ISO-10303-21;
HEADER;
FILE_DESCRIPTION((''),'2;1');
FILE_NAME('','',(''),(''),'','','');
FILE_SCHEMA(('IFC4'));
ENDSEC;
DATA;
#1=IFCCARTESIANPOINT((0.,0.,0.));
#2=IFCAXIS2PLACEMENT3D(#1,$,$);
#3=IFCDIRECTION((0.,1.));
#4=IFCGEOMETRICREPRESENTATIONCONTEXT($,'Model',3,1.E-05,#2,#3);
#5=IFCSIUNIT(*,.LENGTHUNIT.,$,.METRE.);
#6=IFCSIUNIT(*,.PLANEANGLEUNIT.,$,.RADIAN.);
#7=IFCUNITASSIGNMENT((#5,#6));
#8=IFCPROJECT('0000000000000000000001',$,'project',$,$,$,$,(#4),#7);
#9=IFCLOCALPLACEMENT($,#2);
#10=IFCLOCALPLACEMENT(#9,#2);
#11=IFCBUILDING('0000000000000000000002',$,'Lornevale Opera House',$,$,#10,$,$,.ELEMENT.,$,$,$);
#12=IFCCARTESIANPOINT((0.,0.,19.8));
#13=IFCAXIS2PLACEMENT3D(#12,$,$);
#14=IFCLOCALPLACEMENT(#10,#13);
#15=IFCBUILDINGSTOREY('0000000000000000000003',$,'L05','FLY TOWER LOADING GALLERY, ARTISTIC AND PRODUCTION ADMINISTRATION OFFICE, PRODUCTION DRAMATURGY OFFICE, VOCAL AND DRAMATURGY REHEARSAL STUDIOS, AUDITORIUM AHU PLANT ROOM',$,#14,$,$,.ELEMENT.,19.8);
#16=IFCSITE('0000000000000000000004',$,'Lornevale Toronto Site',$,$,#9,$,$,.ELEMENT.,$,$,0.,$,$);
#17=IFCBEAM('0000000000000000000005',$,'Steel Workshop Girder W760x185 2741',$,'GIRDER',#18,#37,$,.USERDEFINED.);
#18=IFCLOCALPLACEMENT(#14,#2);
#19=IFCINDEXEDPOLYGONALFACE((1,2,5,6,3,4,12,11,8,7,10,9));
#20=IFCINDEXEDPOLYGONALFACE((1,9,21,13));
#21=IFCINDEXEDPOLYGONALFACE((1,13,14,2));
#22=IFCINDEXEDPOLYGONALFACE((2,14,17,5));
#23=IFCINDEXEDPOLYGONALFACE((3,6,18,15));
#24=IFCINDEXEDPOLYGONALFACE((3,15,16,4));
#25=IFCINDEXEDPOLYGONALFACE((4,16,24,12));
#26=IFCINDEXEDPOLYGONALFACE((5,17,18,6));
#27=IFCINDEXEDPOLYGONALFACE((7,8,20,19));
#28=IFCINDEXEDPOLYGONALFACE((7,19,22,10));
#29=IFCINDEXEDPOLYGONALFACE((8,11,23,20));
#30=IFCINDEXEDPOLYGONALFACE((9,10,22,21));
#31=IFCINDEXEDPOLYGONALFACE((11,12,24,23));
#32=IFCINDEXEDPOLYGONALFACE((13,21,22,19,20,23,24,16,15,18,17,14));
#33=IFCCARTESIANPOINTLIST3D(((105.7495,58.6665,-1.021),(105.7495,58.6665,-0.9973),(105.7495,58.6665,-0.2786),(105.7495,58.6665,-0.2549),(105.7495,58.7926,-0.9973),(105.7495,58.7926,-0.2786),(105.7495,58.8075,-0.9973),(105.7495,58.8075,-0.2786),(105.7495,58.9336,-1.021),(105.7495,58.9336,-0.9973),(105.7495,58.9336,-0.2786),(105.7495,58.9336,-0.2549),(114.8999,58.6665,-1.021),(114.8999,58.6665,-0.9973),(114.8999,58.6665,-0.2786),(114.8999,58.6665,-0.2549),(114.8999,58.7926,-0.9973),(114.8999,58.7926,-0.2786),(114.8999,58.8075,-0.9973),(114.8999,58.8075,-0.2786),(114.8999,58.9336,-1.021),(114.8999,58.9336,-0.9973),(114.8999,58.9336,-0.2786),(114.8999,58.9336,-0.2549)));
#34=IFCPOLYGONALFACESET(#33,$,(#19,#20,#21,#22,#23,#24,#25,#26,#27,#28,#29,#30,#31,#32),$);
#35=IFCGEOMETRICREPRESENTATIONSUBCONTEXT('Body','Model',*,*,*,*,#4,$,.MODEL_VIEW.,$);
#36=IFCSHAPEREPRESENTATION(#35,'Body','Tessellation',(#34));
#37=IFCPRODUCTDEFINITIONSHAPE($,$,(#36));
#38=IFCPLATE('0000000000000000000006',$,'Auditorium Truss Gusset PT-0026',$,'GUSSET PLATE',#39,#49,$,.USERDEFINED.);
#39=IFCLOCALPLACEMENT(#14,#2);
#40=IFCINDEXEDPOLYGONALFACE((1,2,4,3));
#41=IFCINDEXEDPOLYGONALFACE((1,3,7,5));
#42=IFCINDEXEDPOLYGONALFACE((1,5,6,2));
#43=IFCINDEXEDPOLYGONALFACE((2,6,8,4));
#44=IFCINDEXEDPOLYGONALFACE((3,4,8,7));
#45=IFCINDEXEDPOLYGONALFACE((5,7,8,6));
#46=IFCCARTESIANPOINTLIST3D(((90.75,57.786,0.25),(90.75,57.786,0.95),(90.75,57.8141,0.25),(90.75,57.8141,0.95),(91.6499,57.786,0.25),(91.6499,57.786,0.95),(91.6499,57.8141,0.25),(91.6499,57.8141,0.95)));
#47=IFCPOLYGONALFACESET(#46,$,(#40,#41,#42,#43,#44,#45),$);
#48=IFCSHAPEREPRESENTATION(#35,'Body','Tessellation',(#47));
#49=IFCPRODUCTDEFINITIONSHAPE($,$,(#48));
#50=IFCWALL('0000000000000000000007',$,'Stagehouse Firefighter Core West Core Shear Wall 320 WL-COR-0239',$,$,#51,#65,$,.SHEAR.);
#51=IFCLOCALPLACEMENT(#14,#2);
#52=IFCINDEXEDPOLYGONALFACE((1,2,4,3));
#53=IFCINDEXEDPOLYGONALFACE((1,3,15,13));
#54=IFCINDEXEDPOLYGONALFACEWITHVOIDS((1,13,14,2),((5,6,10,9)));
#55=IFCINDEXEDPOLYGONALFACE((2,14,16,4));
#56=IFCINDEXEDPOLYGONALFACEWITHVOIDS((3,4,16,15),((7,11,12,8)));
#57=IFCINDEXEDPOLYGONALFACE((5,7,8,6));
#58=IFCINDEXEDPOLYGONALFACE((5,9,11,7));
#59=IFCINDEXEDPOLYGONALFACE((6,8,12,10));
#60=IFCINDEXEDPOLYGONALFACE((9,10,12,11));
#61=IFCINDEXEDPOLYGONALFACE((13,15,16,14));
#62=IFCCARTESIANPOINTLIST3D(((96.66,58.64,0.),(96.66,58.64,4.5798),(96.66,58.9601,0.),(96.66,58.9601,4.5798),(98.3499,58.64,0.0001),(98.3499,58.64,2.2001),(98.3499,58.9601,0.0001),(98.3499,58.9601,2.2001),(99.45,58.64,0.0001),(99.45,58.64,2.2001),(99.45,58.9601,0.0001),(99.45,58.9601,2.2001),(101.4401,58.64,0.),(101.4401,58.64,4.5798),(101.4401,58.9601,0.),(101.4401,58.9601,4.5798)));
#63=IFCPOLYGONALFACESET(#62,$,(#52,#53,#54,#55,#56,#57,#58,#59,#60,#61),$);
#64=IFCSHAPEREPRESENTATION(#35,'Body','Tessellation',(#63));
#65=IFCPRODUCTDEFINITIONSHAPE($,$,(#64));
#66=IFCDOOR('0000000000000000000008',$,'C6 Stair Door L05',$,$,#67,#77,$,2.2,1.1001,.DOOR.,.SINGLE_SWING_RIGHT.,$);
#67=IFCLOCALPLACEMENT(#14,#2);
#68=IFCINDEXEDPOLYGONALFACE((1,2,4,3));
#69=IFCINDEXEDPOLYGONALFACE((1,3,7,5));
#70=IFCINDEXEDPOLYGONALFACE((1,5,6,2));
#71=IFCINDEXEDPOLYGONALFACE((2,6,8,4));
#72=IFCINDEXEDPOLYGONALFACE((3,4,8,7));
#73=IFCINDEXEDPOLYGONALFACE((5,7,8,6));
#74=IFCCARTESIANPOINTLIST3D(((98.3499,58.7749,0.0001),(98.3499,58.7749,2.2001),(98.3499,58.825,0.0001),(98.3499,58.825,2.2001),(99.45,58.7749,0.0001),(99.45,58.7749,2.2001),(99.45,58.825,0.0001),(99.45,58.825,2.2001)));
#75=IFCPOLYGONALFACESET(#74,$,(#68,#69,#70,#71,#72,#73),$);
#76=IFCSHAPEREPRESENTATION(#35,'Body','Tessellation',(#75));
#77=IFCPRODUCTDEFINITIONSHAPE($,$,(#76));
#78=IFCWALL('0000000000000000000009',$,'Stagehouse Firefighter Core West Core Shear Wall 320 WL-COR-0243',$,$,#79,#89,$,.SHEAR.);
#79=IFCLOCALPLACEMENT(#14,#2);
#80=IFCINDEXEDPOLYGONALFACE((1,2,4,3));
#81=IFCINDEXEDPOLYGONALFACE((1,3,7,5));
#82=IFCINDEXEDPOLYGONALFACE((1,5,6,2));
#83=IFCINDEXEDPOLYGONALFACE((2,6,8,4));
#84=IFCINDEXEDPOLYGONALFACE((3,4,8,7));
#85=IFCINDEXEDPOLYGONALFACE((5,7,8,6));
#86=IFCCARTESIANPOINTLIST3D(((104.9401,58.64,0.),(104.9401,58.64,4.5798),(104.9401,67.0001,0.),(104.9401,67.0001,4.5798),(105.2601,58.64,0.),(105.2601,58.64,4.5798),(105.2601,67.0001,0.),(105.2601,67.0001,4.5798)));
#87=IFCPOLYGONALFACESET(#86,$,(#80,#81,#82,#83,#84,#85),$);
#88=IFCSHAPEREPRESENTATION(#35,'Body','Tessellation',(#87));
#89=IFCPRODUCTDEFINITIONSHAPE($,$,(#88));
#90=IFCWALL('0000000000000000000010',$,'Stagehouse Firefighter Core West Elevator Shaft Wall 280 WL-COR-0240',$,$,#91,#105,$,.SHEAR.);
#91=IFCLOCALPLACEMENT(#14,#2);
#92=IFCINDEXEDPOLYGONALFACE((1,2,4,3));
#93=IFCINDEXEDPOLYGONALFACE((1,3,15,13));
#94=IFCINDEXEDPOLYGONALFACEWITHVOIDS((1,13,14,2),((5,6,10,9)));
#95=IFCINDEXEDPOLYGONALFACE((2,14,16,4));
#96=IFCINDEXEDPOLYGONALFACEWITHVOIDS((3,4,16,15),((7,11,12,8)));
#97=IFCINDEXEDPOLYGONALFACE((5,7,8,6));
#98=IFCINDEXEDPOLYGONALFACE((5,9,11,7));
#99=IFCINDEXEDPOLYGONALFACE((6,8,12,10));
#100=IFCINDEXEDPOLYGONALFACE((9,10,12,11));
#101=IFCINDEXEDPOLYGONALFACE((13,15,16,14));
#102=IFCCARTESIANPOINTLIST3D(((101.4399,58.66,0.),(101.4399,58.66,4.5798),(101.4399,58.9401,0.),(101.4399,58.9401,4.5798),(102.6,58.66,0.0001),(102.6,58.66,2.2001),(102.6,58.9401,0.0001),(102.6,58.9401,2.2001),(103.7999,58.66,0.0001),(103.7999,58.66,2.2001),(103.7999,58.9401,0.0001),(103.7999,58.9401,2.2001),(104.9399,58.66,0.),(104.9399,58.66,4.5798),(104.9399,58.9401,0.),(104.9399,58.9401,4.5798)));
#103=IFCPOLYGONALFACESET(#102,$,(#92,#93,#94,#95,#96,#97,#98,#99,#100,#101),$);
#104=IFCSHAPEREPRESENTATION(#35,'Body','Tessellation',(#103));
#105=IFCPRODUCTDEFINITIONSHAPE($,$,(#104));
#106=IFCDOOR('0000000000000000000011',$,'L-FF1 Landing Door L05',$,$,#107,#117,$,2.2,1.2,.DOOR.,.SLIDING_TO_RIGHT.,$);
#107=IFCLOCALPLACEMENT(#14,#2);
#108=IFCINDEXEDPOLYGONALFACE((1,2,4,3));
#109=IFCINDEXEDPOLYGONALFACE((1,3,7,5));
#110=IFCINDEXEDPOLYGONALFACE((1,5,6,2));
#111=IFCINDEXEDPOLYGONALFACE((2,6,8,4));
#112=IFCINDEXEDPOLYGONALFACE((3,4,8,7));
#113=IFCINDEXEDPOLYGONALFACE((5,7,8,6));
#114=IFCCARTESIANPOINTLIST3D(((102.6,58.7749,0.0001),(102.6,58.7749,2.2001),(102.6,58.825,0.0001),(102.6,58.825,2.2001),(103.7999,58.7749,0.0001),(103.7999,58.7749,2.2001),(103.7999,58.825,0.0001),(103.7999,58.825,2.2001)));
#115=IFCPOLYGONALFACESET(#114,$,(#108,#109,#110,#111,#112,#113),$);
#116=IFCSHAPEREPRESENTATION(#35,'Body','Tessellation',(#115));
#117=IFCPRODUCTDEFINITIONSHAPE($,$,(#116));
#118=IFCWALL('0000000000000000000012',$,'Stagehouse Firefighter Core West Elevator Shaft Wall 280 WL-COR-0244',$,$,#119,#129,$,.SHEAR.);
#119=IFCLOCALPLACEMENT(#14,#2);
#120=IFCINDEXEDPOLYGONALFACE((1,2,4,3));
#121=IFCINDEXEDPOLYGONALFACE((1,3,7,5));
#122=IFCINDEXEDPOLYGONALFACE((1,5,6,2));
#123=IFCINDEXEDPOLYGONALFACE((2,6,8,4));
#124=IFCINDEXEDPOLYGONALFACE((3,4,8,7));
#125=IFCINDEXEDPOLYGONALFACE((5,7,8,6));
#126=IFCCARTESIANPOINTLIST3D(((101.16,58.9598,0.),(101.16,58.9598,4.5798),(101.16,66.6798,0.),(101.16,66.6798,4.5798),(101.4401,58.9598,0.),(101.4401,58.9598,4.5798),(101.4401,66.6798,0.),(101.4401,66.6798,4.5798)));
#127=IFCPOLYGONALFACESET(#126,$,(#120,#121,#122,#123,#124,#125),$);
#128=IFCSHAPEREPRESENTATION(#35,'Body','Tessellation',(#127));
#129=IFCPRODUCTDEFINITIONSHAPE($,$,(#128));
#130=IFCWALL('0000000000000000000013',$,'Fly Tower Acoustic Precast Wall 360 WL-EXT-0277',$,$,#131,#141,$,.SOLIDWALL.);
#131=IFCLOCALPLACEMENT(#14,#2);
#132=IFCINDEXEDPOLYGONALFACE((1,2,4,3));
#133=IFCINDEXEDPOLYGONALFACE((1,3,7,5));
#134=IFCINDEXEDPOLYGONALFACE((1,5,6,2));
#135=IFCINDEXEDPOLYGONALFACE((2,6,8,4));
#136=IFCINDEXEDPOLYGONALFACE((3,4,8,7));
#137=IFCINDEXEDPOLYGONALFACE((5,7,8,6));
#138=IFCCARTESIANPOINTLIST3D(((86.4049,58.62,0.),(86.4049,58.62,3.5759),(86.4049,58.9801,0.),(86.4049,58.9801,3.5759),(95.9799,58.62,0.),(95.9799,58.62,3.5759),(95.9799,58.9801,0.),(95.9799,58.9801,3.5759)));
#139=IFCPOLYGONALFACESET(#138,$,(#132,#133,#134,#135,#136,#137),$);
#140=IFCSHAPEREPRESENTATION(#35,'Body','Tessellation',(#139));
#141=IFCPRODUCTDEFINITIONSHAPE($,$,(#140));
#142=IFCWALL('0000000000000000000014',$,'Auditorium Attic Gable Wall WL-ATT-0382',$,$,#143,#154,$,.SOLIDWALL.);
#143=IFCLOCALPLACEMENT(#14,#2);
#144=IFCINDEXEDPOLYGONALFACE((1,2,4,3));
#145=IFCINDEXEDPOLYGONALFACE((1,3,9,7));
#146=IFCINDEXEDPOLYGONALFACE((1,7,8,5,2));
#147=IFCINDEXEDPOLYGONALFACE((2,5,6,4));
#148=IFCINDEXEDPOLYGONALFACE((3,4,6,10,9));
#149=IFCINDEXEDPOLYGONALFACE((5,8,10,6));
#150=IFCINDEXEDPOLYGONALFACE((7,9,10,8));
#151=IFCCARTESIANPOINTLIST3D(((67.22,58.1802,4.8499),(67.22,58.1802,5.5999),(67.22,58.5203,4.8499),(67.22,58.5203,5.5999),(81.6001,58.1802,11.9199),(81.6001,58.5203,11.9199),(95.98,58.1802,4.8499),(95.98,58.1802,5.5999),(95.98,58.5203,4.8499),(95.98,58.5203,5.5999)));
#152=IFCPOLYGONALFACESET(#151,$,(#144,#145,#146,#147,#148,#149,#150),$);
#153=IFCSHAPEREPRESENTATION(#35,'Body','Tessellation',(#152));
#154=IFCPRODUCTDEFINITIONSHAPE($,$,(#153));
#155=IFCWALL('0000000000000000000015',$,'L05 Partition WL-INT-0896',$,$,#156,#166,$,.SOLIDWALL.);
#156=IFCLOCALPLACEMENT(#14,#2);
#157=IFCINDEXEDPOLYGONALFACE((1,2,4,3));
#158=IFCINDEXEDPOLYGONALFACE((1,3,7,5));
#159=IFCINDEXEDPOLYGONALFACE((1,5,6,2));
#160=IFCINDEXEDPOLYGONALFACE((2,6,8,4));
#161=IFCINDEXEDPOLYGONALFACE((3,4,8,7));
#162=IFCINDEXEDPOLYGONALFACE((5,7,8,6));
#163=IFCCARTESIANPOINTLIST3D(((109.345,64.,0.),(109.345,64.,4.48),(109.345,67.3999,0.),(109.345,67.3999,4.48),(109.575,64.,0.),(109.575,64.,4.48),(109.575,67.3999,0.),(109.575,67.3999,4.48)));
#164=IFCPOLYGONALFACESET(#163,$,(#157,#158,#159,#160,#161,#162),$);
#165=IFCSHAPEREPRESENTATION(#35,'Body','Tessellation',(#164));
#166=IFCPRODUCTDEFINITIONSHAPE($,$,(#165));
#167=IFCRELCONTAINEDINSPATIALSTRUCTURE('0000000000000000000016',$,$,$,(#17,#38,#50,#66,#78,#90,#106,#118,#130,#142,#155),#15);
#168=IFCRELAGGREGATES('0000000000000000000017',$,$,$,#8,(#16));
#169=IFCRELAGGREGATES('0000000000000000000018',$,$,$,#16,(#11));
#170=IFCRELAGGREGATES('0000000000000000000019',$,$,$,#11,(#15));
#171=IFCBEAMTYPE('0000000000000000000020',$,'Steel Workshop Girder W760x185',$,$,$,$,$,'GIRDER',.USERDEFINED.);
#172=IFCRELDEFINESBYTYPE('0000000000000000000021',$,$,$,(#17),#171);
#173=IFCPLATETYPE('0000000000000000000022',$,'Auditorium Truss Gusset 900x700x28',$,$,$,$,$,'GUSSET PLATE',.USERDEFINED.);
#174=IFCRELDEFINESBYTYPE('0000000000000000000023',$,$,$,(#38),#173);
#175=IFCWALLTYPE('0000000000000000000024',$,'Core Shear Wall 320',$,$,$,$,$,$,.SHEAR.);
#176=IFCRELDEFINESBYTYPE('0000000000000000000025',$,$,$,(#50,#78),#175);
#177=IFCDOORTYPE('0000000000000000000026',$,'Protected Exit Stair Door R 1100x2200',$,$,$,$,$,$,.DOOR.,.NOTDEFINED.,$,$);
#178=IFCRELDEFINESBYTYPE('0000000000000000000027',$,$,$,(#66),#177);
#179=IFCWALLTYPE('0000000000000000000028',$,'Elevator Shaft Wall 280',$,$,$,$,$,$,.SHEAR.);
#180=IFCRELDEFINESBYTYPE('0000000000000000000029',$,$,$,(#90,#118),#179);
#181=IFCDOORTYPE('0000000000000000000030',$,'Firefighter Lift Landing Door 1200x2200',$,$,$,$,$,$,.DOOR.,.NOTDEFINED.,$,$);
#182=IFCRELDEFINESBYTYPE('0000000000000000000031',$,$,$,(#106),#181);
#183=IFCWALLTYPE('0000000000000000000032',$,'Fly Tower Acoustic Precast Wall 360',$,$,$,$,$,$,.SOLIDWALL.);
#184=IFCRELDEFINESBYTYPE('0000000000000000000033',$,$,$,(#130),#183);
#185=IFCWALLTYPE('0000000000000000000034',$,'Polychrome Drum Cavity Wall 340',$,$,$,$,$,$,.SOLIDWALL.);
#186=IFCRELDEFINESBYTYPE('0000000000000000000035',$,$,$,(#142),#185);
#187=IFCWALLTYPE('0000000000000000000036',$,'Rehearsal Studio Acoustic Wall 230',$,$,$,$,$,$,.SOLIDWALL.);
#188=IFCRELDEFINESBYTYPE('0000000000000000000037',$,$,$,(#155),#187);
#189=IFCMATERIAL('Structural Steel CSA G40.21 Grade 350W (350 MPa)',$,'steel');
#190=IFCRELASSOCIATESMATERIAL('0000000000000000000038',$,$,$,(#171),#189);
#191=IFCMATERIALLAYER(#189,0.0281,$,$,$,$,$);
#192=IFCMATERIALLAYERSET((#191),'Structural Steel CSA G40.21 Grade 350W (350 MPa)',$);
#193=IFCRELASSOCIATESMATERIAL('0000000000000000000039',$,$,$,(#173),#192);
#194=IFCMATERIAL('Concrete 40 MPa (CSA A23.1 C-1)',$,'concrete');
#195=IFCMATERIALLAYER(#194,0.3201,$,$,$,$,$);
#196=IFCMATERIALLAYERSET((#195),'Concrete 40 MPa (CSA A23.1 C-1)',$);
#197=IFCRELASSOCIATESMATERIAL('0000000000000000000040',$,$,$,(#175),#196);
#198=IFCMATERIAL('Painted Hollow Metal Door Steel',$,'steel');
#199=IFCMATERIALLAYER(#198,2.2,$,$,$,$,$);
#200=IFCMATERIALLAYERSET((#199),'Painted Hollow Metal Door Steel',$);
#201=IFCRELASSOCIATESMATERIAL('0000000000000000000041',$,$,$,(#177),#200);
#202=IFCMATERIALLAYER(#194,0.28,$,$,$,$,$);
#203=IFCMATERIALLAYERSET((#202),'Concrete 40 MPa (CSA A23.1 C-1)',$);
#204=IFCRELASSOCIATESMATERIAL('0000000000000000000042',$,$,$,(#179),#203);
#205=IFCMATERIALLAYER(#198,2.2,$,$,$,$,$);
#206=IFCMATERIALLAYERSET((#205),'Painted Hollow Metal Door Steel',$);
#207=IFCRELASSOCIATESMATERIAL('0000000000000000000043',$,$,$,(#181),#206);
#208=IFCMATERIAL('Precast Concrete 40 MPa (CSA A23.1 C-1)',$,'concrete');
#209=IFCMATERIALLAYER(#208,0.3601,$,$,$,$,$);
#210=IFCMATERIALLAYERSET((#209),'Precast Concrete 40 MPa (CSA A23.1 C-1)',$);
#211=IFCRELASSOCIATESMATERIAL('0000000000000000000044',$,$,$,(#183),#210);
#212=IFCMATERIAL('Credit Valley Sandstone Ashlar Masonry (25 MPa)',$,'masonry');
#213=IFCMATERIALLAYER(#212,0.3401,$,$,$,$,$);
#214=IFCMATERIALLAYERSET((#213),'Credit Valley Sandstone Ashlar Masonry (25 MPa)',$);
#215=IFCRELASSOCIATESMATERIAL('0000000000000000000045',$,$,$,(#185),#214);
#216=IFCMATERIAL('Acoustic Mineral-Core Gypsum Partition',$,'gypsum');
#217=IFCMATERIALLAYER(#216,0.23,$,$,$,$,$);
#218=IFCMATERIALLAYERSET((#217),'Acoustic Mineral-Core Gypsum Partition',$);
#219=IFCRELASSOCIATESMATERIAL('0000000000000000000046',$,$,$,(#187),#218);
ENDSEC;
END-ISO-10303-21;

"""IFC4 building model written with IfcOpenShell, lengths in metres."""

from ifc_helpers import new_model, si_unit, direction, frame, frame_2d, origin, origin_2d, place, context, subcontext, project, spatial, polyline, rectangle, i_section, outline, extrude, material, layer, layer_set, material_profile, profile_set, type_object, element, fill, save


model = new_model("IFC4")

# Units and contexts
model_context = context("Model", 3, precision=1e-05, world=origin(), true_north=direction((0.0, 1.0)))
body_context = subcontext(model_context, "Body", "Model", "MODEL_VIEW")
ifc_project = project(units=[si_unit("LENGTHUNIT", "METRE"), si_unit("PLANEANGLEUNIT", "RADIAN")], contexts=[model_context])

# Site, building, storey
site_placement = place(None, origin())
site = spatial("IfcSite", under=ifc_project, at=site_placement, Name="Lornevale Toronto Site", CompositionType="ELEMENT", RefElevation=0.0)
building_placement = place(site_placement, origin())
building = spatial("IfcBuilding", under=site, at=building_placement, Name="Lornevale Opera House", CompositionType="ELEMENT")
storey_placement = place(building_placement, frame((0.0, 0.0, 19.8)))
storey = spatial("IfcBuildingStorey", under=building, at=storey_placement, Name="L05", Description="FLY TOWER LOADING GALLERY, ARTISTIC AND PRODUCTION ADMINISTRATION OFFICE, PRODUCTION DRAMATURGY OFFICE, VOCAL AND DRAMATURGY REHEARSAL STUDIOS, AUDITORIUM AHU PLANT ROOM", CompositionType="ELEMENT", Elevation=19.8)

# Shared definitions
ifc_material_1 = material(Name="Structural Steel CSA G40.21 Grade 350W (350 MPa)", Category="steel")

# Beam
ifc_material_profile_1 = material_profile(ifc_material_1, i_section(OverallWidth=0.2671, OverallDepth=0.7661, WebThickness=0.0149, FlangeThickness=0.0237, at=origin_2d()), Name="W760x185")
ifc_profile_set_1 = profile_set([ifc_material_profile_1], Name="Structural Steel CSA G40.21 Grade 350W (350 MPa)")
beam_type_1 = type_object("IfcBeamType", Name="Steel Workshop Girder W760x185", ElementType="GIRDER", PredefinedType="USERDEFINED", material=ifc_profile_set_1)
beam_1_placement = place(storey_placement, frame((105.7495, 58.8, -0.6379), z_axis=(1.0, 0.0, 0.0), x_axis=(0.0, 1.0, 0.0)))
element("IfcBeam", 1, at=beam_1_placement, inside=storey, type_object=beam_type_1, Name="Steel Workshop Girder W760x185 2741", ObjectType="GIRDER", PredefinedType="USERDEFINED", context=body_context, shape_type="SweptSolid", body=[
    extrude(i_section(OverallWidth=0.2671, OverallDepth=0.7661, WebThickness=0.0149, FlangeThickness=0.0237, at=origin_2d()), origin(), (0.0, 0.0, 1.0), 9.1504),
])

# Plate
ifc_layer_1 = layer(ifc_material_1, 0.0281)
ifc_layer_set_1 = layer_set([ifc_layer_1], Name="Structural Steel CSA G40.21 Grade 350W (350 MPa)")
plate_type = type_object("IfcPlateType", Name="Auditorium Truss Gusset 900x700x28", ElementType="GUSSET PLATE", PredefinedType="USERDEFINED", material=ifc_layer_set_1)
plate_placement = place(storey_placement, frame((91.2, 57.8, 0.25), z_axis=(0.0, 0.0, 1.0), x_axis=(1.0, 0.0, 0.0)))
element("IfcPlate", 2, at=plate_placement, inside=storey, type_object=plate_type, Name="Auditorium Truss Gusset PT-0026", ObjectType="GUSSET PLATE", PredefinedType="USERDEFINED", context=body_context, shape_type="SweptSolid", body=[
    extrude(rectangle(XDim=0.8999, YDim=0.0281, at=origin_2d()), origin(), (0.0, 0.0, 1.0), 0.7),
])

# Wall, opening, door
ifc_material_2 = material(Name="Concrete 40 MPa (CSA A23.1 C-1)", Category="concrete")
ifc_layer_2 = layer(ifc_material_2, 0.3201)
ifc_layer_set_2 = layer_set([ifc_layer_2], Name="Concrete 40 MPa (CSA A23.1 C-1)")
wall_type_1 = type_object("IfcWallType", Name="Core Shear Wall 320", PredefinedType="SHEAR", material=ifc_layer_set_2)
wall_1_placement = place(storey_placement, frame((96.6599, 58.8, 0.0), z_axis=(0.0, 0.0, 1.0), x_axis=(1.0, 0.0, 0.0)))
wall_1 = element("IfcWall", 3, at=wall_1_placement, inside=storey, type_object=wall_type_1, Name="Stagehouse Firefighter Core West Core Shear Wall 320 WL-COR-0239", PredefinedType="SHEAR", context=body_context, shape_type="SweptSolid", body=[
    extrude(rectangle(XDim=4.78, YDim=0.3201, at=frame_2d((2.3901, 0.0))), origin(), (0.0, 0.0, 1.0), 4.5798),
])
opening_1_placement = place(wall_1_placement, frame((1.6899, 0.0, 0.0)))
opening_1 = element("IfcOpeningElement", 4, at=opening_1_placement, cuts=wall_1, PredefinedType="OPENING", context=body_context, shape_type="SweptSolid", body=[
    extrude(rectangle(XDim=1.1001, YDim=2.2, at=frame_2d((0.55, 1.1001))), frame((0.0, 0.1699, 0.0), z_axis=(0.0, -1.0, 0.0), x_axis=(1.0, 0.0, 0.0)), (0.0, 0.0, 1.0), 0.3401),
])
ifc_material_3 = material(Name="Painted Hollow Metal Door Steel", Category="steel")
ifc_layer_3 = layer(ifc_material_3, 2.2)
ifc_layer_set_3 = layer_set([ifc_layer_3], Name="Painted Hollow Metal Door Steel")
door_type_1 = type_object("IfcDoorType", Name="Protected Exit Stair Door R 1100x2200", OperationType="NOTDEFINED", PredefinedType="DOOR", material=ifc_layer_set_3)
door_1_placement = place(opening_1_placement, origin())
door_1 = element("IfcDoor", 5, at=door_1_placement, inside=storey, type_object=door_type_1, Name="C6 Stair Door L05", OperationType="SINGLE_SWING_RIGHT", OverallHeight=2.2, OverallWidth=1.1001, PredefinedType="DOOR", context=body_context, shape_type="SweptSolid", body=[
    extrude(rectangle(XDim=1.1001, YDim=2.2, at=frame_2d((0.55, 1.1001))), frame((0.0, 0.0249, 0.0), z_axis=(0.0, -1.0, 0.0), x_axis=(1.0, 0.0, 0.0)), (0.0, 0.0, 1.0), 0.05),
])
fill(opening_1, door_1)

# Wall
wall_2_placement = place(storey_placement, frame((105.1001, 58.6399, 0.0), z_axis=(0.0, 0.0, 1.0), x_axis=(0.0, 1.0, 0.0)))
element("IfcWall", 6, at=wall_2_placement, inside=storey, type_object=wall_type_1, Name="Stagehouse Firefighter Core West Core Shear Wall 320 WL-COR-0243", PredefinedType="SHEAR", context=body_context, shape_type="SweptSolid", body=[
    extrude(rectangle(XDim=8.3601, YDim=0.3201, at=frame_2d((4.1802, 0.0))), origin(), (0.0, 0.0, 1.0), 4.5798),
])

# Wall, opening, door
ifc_layer_4 = layer(ifc_material_2, 0.28)
ifc_layer_set_4 = layer_set([ifc_layer_4], Name="Concrete 40 MPa (CSA A23.1 C-1)")
wall_type_2 = type_object("IfcWallType", Name="Elevator Shaft Wall 280", PredefinedType="SHEAR", material=ifc_layer_set_4)
wall_3_placement = place(storey_placement, frame((101.4399, 58.8, 0.0), z_axis=(0.0, 0.0, 1.0), x_axis=(1.0, 0.0, 0.0)))
wall_3 = element("IfcWall", 7, at=wall_3_placement, inside=storey, type_object=wall_type_2, Name="Stagehouse Firefighter Core West Elevator Shaft Wall 280 WL-COR-0240", PredefinedType="SHEAR", context=body_context, shape_type="SweptSolid", body=[
    extrude(rectangle(XDim=3.5, YDim=0.28, at=frame_2d((1.75, 0.0))), origin(), (0.0, 0.0, 1.0), 4.5798),
])
opening_2_placement = place(wall_3_placement, frame((1.1599, 0.0, 0.0)))
opening_2 = element("IfcOpeningElement", 8, at=opening_2_placement, cuts=wall_3, PredefinedType="OPENING", context=body_context, shape_type="SweptSolid", body=[
    extrude(rectangle(XDim=1.2, YDim=2.2, at=frame_2d((0.6001, 1.1001))), frame((0.0, 0.1499, 0.0), z_axis=(0.0, -1.0, 0.0), x_axis=(1.0, 0.0, 0.0)), (0.0, 0.0, 1.0), 0.3),
])
ifc_layer_5 = layer(ifc_material_3, 2.2)
ifc_layer_set_5 = layer_set([ifc_layer_5], Name="Painted Hollow Metal Door Steel")
door_type_2 = type_object("IfcDoorType", Name="Firefighter Lift Landing Door 1200x2200", OperationType="NOTDEFINED", PredefinedType="DOOR", material=ifc_layer_set_5)
door_2_placement = place(opening_2_placement, origin())
door_2 = element("IfcDoor", 9, at=door_2_placement, inside=storey, type_object=door_type_2, Name="L-FF1 Landing Door L05", OperationType="SLIDING_TO_RIGHT", OverallHeight=2.2, OverallWidth=1.2, PredefinedType="DOOR", context=body_context, shape_type="SweptSolid", body=[
    extrude(rectangle(XDim=1.2, YDim=2.2, at=frame_2d((0.6001, 1.1001))), frame((0.0, 0.0249, 0.0), z_axis=(0.0, -1.0, 0.0), x_axis=(1.0, 0.0, 0.0)), (0.0, 0.0, 1.0), 0.05),
])
fill(opening_2, door_2)

# Walls
wall_4_placement = place(storey_placement, frame((101.3, 58.96, 0.0), z_axis=(0.0, 0.0, 1.0), x_axis=(0.0, 1.0, 0.0)))
element("IfcWall", 10, at=wall_4_placement, inside=storey, type_object=wall_type_2, Name="Stagehouse Firefighter Core West Elevator Shaft Wall 280 WL-COR-0244", PredefinedType="SHEAR", context=body_context, shape_type="SweptSolid", body=[
    extrude(rectangle(XDim=7.72, YDim=0.28, at=frame_2d((3.8599, 0.0))), origin(), (0.0, 0.0, 1.0), 4.5798),
])
ifc_material_4 = material(Name="Precast Concrete 40 MPa (CSA A23.1 C-1)", Category="concrete")
ifc_layer_6 = layer(ifc_material_4, 0.3601)
ifc_layer_set_6 = layer_set([ifc_layer_6], Name="Precast Concrete 40 MPa (CSA A23.1 C-1)")
wall_type_3 = type_object("IfcWallType", Name="Fly Tower Acoustic Precast Wall 360", PredefinedType="SOLIDWALL", material=ifc_layer_set_6)
wall_5_placement = place(storey_placement, frame((95.98, 58.8, 0.0), z_axis=(0.0, 0.0, 1.0), x_axis=(-1.0, 0.0, 0.0)))
element("IfcWall", 11, at=wall_5_placement, inside=storey, type_object=wall_type_3, Name="Fly Tower Acoustic Precast Wall 360 WL-EXT-0277", PredefinedType="SOLIDWALL", context=body_context, shape_type="SweptSolid", body=[
    extrude(rectangle(XDim=9.575, YDim=0.3601, at=frame_2d((4.7876, 0.0))), origin(), (0.0, 0.0, 1.0), 3.5759),
])
ifc_material_5 = material(Name="Credit Valley Sandstone Ashlar Masonry (25 MPa)", Category="masonry")
ifc_layer_7 = layer(ifc_material_5, 0.3401)
ifc_layer_set_7 = layer_set([ifc_layer_7], Name="Credit Valley Sandstone Ashlar Masonry (25 MPa)")
wall_type_4 = type_object("IfcWallType", Name="Polychrome Drum Cavity Wall 340", PredefinedType="SOLIDWALL", material=ifc_layer_set_7)
wall_6_placement = place(storey_placement, frame((95.98, 58.3501, 4.8499), z_axis=(0.0, 0.0, 1.0), x_axis=(-1.0, 0.0, 0.0)))
element("IfcWall", 12, at=wall_6_placement, inside=storey, type_object=wall_type_4, Name="Auditorium Attic Gable Wall WL-ATT-0382", PredefinedType="SOLIDWALL", context=body_context, shape_type="SweptSolid", body=[
    extrude(outline(polyline([(0.0, 0.0), (28.76, 0.0), (28.76, 0.75), (14.3799, 7.0701), (0.0, 0.75), (0.0, 0.0)])), frame((0.0, 0.1699, 0.0), z_axis=(0.0, -1.0, 0.0), x_axis=(1.0, 0.0, 0.0)), (0.0, 0.0, 1.0), 0.3401),
])
ifc_material_6 = material(Name="Acoustic Mineral-Core Gypsum Partition", Category="gypsum")
ifc_layer_8 = layer(ifc_material_6, 0.23)
ifc_layer_set_8 = layer_set([ifc_layer_8], Name="Acoustic Mineral-Core Gypsum Partition")
wall_type_5 = type_object("IfcWallType", Name="Rehearsal Studio Acoustic Wall 230", PredefinedType="SOLIDWALL", material=ifc_layer_set_8)
wall_7_placement = place(storey_placement, frame((109.46, 64.0, 0.0), z_axis=(0.0, 0.0, 1.0), x_axis=(0.0, 1.0, 0.0)))
element("IfcWall", 13, at=wall_7_placement, inside=storey, type_object=wall_type_5, Name="L05 Partition WL-INT-0896", PredefinedType="SOLIDWALL", context=body_context, shape_type="SweptSolid", body=[
    extrude(rectangle(XDim=3.3999, YDim=0.23, at=frame_2d((1.7, 0.0))), origin(), (0.0, 0.0, 1.0), 4.48),
])

save(model, "model.ifc")
